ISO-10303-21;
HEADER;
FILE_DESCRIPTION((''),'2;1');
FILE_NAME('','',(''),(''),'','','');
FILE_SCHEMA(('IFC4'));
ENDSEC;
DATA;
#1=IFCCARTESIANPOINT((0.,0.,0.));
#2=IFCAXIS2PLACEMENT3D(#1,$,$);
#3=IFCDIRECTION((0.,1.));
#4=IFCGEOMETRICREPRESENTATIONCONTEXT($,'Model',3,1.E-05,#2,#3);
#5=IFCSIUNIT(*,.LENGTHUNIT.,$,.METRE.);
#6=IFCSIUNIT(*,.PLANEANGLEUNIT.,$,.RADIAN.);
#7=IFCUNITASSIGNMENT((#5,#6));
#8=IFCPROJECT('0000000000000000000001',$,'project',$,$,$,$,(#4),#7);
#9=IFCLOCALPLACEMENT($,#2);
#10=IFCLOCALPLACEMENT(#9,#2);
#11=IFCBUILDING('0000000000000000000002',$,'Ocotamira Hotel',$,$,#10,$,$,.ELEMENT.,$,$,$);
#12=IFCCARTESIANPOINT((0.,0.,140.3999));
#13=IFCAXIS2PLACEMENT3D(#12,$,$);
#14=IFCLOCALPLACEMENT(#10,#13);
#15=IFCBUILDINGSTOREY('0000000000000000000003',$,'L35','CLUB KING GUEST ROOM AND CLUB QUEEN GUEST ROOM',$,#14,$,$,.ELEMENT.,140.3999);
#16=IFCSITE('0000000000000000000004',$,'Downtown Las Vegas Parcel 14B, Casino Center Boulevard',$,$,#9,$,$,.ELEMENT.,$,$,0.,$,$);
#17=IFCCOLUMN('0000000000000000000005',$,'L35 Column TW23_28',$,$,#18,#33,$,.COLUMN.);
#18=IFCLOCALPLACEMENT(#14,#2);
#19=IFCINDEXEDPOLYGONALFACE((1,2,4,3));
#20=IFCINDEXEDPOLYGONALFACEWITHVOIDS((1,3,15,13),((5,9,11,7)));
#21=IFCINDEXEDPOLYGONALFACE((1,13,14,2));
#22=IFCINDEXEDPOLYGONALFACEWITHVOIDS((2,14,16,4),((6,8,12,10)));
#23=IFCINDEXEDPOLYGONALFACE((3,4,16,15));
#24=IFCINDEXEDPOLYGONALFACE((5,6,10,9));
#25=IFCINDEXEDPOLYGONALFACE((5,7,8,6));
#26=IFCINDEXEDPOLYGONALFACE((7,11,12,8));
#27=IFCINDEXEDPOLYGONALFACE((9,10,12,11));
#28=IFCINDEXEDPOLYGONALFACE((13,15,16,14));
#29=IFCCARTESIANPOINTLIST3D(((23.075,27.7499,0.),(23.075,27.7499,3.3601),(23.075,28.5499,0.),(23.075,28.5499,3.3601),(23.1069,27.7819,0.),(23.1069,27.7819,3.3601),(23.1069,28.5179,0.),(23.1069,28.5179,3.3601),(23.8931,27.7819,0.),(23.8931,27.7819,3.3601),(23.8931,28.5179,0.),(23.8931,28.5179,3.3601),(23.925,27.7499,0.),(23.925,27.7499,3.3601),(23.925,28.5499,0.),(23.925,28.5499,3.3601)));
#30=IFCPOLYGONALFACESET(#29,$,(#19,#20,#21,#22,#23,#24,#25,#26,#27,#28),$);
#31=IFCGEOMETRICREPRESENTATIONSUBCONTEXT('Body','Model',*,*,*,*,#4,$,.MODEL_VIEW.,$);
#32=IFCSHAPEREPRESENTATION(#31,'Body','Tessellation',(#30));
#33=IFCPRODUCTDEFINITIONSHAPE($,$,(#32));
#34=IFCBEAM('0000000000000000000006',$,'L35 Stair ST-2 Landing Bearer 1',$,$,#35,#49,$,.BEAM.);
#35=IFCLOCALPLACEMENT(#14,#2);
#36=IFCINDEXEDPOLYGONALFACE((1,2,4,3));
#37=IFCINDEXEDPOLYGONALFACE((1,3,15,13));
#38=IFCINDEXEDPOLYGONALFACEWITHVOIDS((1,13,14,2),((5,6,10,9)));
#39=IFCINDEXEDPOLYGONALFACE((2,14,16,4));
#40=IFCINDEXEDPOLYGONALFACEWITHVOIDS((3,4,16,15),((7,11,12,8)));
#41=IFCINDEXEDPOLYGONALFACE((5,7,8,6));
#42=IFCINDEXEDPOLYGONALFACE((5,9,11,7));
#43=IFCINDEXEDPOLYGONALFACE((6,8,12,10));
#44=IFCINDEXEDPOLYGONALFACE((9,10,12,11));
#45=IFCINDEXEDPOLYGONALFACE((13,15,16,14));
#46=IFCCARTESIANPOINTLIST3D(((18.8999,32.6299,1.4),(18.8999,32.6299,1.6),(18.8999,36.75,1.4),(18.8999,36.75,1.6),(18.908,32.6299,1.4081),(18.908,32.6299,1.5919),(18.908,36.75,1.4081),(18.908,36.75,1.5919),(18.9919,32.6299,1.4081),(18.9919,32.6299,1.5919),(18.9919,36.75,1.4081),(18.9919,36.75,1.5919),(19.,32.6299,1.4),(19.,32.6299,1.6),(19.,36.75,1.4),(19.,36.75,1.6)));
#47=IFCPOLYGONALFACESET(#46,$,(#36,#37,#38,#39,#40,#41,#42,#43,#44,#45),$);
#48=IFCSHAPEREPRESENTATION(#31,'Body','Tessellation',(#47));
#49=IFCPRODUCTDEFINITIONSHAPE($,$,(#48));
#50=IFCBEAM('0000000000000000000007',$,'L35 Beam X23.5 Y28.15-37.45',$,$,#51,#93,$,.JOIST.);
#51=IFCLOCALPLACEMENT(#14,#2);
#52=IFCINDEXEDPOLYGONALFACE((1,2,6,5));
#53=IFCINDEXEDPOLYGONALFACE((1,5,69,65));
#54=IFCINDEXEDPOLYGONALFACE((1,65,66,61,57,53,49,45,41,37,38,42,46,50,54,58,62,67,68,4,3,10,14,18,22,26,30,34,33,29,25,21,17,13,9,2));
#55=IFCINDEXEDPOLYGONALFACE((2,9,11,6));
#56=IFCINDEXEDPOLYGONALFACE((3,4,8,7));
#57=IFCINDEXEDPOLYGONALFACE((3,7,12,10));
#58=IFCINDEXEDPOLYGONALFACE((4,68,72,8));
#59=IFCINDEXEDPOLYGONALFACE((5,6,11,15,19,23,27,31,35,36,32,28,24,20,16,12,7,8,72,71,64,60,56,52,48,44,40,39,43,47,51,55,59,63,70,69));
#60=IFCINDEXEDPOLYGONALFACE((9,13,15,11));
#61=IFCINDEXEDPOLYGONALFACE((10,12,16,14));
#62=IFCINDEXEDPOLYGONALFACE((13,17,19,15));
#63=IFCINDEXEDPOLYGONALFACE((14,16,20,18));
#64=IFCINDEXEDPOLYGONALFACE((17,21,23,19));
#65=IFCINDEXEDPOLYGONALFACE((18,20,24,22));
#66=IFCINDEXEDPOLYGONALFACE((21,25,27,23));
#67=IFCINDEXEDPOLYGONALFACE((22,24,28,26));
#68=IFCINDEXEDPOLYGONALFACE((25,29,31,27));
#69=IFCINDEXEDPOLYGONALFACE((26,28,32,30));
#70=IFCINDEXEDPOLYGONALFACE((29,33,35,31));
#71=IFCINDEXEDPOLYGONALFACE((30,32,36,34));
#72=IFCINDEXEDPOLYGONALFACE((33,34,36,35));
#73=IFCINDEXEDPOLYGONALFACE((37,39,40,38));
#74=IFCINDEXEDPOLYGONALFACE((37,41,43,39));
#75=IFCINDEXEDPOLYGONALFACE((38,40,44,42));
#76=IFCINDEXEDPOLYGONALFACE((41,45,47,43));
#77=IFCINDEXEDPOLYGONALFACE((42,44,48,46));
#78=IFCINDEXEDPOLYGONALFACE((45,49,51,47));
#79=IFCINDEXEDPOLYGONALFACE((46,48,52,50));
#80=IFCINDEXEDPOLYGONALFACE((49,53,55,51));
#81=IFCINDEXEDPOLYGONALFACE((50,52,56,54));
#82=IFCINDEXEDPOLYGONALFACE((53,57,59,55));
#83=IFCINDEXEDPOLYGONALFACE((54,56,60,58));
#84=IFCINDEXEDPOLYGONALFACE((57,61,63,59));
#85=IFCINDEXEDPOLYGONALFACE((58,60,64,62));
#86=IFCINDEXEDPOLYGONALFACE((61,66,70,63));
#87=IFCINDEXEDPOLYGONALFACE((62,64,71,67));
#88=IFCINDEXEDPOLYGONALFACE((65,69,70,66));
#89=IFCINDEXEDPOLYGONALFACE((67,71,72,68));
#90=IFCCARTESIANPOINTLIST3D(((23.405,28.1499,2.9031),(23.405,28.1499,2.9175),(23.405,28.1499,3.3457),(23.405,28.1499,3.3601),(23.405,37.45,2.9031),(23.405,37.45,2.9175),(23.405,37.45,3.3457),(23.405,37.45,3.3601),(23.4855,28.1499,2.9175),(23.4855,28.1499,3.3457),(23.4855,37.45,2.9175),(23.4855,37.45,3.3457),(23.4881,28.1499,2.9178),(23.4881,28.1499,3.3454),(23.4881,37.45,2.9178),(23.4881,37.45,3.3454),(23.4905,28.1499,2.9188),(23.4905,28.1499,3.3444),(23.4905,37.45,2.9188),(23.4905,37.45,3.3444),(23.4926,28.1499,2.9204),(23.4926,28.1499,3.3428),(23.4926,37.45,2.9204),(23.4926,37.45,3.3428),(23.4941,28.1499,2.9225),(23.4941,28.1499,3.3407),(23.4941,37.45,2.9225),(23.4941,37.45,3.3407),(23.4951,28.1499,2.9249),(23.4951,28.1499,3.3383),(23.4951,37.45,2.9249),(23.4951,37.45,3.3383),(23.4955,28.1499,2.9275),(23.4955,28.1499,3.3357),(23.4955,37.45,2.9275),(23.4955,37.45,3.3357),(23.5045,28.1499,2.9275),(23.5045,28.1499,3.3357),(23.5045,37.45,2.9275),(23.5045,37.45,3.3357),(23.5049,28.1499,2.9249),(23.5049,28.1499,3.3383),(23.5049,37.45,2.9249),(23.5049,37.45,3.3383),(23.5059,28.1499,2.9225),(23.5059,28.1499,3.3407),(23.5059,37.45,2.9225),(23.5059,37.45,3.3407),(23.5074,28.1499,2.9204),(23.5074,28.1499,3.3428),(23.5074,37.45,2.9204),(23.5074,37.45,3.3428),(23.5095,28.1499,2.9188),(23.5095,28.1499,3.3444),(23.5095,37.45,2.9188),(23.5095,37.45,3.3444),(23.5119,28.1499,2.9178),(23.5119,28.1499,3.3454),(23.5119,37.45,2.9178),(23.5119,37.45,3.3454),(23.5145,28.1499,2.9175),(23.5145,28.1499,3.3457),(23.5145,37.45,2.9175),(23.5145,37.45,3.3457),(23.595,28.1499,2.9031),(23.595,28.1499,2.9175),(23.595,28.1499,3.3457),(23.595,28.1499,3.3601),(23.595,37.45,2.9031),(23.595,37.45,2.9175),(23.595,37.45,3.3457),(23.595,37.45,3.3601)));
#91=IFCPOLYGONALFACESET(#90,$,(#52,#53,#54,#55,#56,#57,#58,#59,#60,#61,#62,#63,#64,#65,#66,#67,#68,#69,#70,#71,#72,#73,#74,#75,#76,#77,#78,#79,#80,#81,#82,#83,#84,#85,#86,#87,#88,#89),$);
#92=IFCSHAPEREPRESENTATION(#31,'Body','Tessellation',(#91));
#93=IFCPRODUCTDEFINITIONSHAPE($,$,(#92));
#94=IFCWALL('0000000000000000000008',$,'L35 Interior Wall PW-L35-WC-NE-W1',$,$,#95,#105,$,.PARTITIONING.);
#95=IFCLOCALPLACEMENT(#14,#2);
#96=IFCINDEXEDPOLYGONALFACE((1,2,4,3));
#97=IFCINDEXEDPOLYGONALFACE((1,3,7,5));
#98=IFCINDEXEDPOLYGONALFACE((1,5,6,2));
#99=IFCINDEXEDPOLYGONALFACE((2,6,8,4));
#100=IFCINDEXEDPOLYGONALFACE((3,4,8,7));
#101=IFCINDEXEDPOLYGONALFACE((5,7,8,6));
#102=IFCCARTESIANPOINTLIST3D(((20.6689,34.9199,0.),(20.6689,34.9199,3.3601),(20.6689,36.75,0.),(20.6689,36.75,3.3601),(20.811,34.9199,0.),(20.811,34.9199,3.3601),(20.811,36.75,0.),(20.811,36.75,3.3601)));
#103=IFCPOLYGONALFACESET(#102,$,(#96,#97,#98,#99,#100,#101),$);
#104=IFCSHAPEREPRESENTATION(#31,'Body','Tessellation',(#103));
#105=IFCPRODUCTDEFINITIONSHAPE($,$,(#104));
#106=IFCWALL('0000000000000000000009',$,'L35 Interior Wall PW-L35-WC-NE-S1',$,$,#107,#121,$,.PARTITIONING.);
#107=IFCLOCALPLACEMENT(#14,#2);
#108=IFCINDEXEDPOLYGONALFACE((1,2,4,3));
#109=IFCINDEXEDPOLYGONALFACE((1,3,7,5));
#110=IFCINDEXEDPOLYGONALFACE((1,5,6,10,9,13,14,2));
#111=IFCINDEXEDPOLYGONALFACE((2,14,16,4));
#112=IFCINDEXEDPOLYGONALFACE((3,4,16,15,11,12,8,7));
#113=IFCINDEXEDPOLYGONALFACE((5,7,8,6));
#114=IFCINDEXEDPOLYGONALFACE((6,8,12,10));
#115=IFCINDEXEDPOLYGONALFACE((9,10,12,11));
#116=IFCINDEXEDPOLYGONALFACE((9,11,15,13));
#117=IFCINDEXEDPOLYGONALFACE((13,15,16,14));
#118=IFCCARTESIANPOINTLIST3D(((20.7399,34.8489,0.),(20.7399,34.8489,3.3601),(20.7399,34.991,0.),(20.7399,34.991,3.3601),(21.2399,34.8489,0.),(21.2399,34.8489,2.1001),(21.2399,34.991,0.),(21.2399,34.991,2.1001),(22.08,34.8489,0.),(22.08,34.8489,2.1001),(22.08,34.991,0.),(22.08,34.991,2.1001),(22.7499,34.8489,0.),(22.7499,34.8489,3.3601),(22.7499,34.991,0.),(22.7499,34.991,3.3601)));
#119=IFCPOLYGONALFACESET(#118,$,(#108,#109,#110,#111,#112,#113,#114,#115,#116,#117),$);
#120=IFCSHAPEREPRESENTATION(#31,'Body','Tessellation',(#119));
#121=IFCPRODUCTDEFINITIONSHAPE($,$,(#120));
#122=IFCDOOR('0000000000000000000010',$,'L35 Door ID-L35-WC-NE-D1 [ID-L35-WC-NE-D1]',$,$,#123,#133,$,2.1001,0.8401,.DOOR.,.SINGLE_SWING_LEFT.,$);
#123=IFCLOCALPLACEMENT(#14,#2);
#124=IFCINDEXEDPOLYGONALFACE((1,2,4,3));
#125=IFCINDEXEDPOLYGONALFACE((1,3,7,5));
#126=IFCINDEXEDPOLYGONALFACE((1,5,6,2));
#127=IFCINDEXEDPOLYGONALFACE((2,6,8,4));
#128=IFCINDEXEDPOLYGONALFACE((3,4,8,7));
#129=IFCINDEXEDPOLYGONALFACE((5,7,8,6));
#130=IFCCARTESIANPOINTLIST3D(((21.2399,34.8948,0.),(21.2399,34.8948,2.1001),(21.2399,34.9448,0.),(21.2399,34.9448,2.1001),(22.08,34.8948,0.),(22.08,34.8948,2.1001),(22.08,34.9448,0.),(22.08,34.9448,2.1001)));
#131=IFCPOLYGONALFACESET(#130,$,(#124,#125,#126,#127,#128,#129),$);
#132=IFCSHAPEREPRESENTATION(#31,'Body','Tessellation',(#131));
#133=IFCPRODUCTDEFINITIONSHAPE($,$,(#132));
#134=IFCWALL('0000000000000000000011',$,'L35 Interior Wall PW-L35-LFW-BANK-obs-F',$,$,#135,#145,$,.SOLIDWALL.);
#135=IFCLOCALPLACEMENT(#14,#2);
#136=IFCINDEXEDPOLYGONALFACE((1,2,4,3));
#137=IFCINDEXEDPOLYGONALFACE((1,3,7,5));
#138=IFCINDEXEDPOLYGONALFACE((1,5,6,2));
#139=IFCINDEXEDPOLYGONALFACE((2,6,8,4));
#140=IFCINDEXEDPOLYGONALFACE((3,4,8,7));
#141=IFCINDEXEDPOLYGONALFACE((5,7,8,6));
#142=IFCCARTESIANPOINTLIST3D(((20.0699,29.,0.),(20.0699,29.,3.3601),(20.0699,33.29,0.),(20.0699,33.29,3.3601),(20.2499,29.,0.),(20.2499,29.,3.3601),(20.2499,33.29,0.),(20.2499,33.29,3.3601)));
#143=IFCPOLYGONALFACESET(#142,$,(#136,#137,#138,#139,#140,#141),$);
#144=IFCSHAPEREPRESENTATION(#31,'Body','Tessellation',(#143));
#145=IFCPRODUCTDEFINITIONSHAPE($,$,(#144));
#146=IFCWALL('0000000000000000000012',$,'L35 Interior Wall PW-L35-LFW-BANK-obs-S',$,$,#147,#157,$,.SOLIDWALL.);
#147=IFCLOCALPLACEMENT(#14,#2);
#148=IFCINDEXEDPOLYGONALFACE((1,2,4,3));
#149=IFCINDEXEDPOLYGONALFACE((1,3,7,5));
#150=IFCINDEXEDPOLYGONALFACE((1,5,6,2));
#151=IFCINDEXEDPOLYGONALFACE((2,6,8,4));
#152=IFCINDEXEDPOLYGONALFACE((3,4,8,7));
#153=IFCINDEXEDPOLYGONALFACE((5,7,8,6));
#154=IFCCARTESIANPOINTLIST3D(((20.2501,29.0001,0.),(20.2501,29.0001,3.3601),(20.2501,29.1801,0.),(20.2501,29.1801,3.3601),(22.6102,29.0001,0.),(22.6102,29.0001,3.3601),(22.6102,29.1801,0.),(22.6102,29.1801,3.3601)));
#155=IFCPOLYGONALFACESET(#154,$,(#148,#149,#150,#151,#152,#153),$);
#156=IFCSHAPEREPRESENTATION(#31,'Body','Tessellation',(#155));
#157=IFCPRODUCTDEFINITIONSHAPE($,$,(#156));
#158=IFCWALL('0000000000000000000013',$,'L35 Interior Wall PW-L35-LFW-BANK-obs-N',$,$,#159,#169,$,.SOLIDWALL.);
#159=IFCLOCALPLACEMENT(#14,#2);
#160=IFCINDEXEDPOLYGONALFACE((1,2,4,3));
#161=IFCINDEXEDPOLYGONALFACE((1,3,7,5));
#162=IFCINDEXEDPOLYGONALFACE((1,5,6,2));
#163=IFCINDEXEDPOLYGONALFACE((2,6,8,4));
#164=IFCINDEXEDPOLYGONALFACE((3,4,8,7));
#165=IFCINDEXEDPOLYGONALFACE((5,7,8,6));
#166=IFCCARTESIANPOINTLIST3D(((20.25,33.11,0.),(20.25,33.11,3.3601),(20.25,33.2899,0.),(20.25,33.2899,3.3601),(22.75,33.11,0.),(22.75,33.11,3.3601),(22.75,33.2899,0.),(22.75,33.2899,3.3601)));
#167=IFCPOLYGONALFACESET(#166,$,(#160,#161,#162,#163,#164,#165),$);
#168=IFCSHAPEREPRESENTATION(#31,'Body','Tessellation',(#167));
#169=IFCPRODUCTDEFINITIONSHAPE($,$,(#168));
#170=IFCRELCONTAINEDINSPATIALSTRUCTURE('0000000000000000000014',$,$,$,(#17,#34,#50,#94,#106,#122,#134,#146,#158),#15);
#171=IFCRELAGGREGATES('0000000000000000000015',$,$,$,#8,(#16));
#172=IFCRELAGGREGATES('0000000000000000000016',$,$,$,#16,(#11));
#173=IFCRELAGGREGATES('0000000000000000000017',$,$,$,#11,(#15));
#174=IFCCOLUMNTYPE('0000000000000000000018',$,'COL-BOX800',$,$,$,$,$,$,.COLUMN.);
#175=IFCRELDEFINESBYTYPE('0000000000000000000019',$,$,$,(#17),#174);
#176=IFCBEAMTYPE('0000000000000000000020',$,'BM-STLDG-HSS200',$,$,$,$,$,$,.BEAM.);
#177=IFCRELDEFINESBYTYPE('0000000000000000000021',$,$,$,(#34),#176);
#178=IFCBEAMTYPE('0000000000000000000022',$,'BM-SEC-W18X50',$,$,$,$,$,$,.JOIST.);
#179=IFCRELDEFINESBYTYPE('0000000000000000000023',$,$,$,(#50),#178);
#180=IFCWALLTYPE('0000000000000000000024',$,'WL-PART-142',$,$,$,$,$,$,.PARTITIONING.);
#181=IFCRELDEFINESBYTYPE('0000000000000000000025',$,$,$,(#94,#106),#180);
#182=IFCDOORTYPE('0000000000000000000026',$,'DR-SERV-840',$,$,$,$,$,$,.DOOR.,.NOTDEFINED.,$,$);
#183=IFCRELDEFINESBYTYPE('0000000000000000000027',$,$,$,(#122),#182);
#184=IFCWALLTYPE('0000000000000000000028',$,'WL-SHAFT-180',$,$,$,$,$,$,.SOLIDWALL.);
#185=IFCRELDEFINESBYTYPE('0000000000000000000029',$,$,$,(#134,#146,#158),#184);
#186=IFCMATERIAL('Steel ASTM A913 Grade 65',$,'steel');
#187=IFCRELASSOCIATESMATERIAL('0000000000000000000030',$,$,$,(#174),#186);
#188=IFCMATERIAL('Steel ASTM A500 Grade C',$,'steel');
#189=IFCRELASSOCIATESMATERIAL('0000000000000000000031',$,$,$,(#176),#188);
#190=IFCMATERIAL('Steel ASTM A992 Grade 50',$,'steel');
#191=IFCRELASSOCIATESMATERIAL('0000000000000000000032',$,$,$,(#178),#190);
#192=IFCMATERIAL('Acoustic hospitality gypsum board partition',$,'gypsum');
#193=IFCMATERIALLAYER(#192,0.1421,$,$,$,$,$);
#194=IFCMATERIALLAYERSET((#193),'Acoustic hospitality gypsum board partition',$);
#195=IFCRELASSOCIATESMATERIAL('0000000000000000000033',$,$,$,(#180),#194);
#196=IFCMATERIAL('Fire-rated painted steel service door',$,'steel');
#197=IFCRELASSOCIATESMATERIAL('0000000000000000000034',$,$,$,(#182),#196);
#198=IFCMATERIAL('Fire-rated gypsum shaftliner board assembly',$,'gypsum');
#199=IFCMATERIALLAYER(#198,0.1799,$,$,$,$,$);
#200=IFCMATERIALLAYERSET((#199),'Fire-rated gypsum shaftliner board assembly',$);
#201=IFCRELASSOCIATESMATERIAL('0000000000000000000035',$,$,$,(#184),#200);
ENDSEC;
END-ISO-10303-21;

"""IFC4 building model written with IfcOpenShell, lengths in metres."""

from ifc_helpers import new_model, si_unit, direction, frame, frame_2d, origin, origin_2d, place, context, subcontext, project, spatial, rectangle, hollow_rectangle, i_section, extrude, source, transform, mapped, material, layer, layer_set, material_profile, profile_set, type_object, element, fill, save


model = new_model("IFC4")

# Units and contexts
model_context = context("Model", 3, precision=1e-05, world=origin(), true_north=direction((0.0, 1.0)))
body_context = subcontext(model_context, "Body", "Model", "MODEL_VIEW")
ifc_project = project(units=[si_unit("LENGTHUNIT", "METRE"), si_unit("PLANEANGLEUNIT", "RADIAN")], contexts=[model_context])

# Site, building, storey
site_placement = place(None, origin())
site = spatial("IfcSite", under=ifc_project, at=site_placement, Name="Downtown Las Vegas Parcel 14B, Casino Center Boulevard", CompositionType="ELEMENT", RefElevation=0.0)
building_placement = place(site_placement, origin())
building = spatial("IfcBuilding", under=site, at=building_placement, Name="Ocotamira Hotel", CompositionType="ELEMENT")
storey_placement = place(building_placement, frame((0.0, 0.0, 140.3999)))
storey = spatial("IfcBuildingStorey", under=building, at=storey_placement, Name="L35", Description="CLUB KING GUEST ROOM AND CLUB QUEEN GUEST ROOM", CompositionType="ELEMENT", Elevation=140.3999)

# Column
ifc_material_1 = material(Name="Steel ASTM A913 Grade 65", Category="steel")
ifc_material_profile_1 = material_profile(ifc_material_1, hollow_rectangle(XDim=0.8501, YDim=0.8, WallThickness=0.032, at=origin_2d()), Name="BOX800X850X32")
ifc_profile_set_1 = profile_set([ifc_material_profile_1], Name="Steel ASTM A913 Grade 65")
column_type = type_object("IfcColumnType", Name="COL-BOX800", PredefinedType="COLUMN", material=ifc_profile_set_1)
shared_shape_1 = source(origin(), body_context, "Body", "SweptSolid", [
    extrude(hollow_rectangle(XDim=0.8501, YDim=0.8, WallThickness=0.032, at=origin_2d()), origin(), (0.0, 0.0, 1.0), 3.3601),
])
column_placement = place(storey_placement, frame((23.5, 28.1499, 0.0), z_axis=(0.0, 0.0, 1.0), x_axis=(1.0, 0.0, 0.0)))
element("IfcColumn", 1, at=column_placement, inside=storey, type_object=column_type, Name="L35 Column TW23_28", PredefinedType="COLUMN", context=body_context, shape_type="MappedRepresentation", body=[
    mapped(shared_shape_1, transform((0.0, 0.0, 0.0), scale=1.0)),
])

# Beams
ifc_material_2 = material(Name="Steel ASTM A500 Grade C", Category="steel")
ifc_material_profile_2 = material_profile(ifc_material_2, hollow_rectangle(XDim=0.1001, YDim=0.2, WallThickness=0.0081, at=origin_2d()), Name="HSS200X100X8")
ifc_profile_set_2 = profile_set([ifc_material_profile_2], Name="Steel ASTM A500 Grade C")
beam_type_1 = type_object("IfcBeamType", Name="BM-STLDG-HSS200", PredefinedType="BEAM", material=ifc_profile_set_2)
shared_shape_2 = source(origin(), body_context, "Body", "SweptSolid", [
    extrude(hollow_rectangle(XDim=0.1001, YDim=0.2, WallThickness=0.0081, at=origin_2d()), origin(), (0.0, 0.0, 1.0), 4.1201),
])
beam_1_placement = place(storey_placement, frame((18.95, 32.6299, 1.5), z_axis=(0.0, 1.0, 0.0), x_axis=(-1.0, 0.0, 0.0)))
element("IfcBeam", 2, at=beam_1_placement, inside=storey, type_object=beam_type_1, Name="L35 Stair ST-2 Landing Bearer 1", PredefinedType="BEAM", context=body_context, shape_type="MappedRepresentation", body=[
    mapped(shared_shape_2, transform((0.0, 0.0, 0.0), scale=1.0)),
])
ifc_material_3 = material(Name="Steel ASTM A992 Grade 50", Category="steel")
ifc_material_profile_3 = material_profile(ifc_material_3, i_section(OverallWidth=0.1899, OverallDepth=0.457, WebThickness=0.009, FlangeThickness=0.0144, FilletRadius=0.01, at=origin_2d()), Name="W18X50")
ifc_profile_set_3 = profile_set([ifc_material_profile_3], Name="Steel ASTM A992 Grade 50")
beam_type_2 = type_object("IfcBeamType", Name="BM-SEC-W18X50", PredefinedType="JOIST", material=ifc_profile_set_3)
shared_shape_3 = source(origin(), body_context, "Body", "SweptSolid", [
    extrude(i_section(OverallWidth=0.1899, OverallDepth=0.457, WebThickness=0.009, FlangeThickness=0.0144, FilletRadius=0.01, at=origin_2d()), origin(), (0.0, 0.0, 1.0), 9.3),
])
beam_2_placement = place(storey_placement, frame((23.5, 28.1499, 3.1316), z_axis=(0.0, 1.0, 0.0), x_axis=(-1.0, 0.0, 0.0)))
element("IfcBeam", 3, at=beam_2_placement, inside=storey, type_object=beam_type_2, Name="L35 Beam X23.5 Y28.15-37.45", PredefinedType="JOIST", context=body_context, shape_type="MappedRepresentation", body=[
    mapped(shared_shape_3, transform((0.0, 0.0, 0.0), scale=1.0)),
])

# Wall
ifc_material_4 = material(Name="Acoustic hospitality gypsum board partition", Category="gypsum")
ifc_layer_1 = layer(ifc_material_4, 0.1421)
ifc_layer_set_1 = layer_set([ifc_layer_1], Name="Acoustic hospitality gypsum board partition")
wall_type_1 = type_object("IfcWallType", Name="WL-PART-142", PredefinedType="PARTITIONING", material=ifc_layer_set_1)
wall_1_placement = place(storey_placement, frame((20.74, 34.9199, 0.0), z_axis=(0.0, 0.0, 1.0), x_axis=(0.0, 1.0, 0.0)))
element("IfcWall", 4, at=wall_1_placement, inside=storey, type_object=wall_type_1, Name="L35 Interior Wall PW-L35-WC-NE-W1", PredefinedType="PARTITIONING", context=body_context, shape_type="SweptSolid", body=[
    extrude(rectangle(XDim=1.8301, YDim=0.1421, at=frame_2d((0.915, 0.0))), origin(), (0.0, 0.0, 1.0), 3.3601),
])

# Wall, opening, door
wall_2_placement = place(storey_placement, frame((20.74, 34.9199, 0.0), z_axis=(0.0, 0.0, 1.0), x_axis=(1.0, 0.0, 0.0)))
wall_2 = element("IfcWall", 5, at=wall_2_placement, inside=storey, type_object=wall_type_1, Name="L35 Interior Wall PW-L35-WC-NE-S1", PredefinedType="PARTITIONING", context=body_context, shape_type="SweptSolid", body=[
    extrude(rectangle(XDim=2.01, YDim=0.1421, at=frame_2d((1.0049, 0.0))), origin(), (0.0, 0.0, 1.0), 3.3601),
])
opening_1_placement = place(wall_2_placement, frame((0.5, 0.0, 0.0)))
opening_1 = element("IfcOpeningElement", 6, at=opening_1_placement, cuts=wall_2, PredefinedType="OPENING", context=body_context, shape_type="SweptSolid", body=[
    extrude(rectangle(XDim=0.8401, YDim=2.1001, at=frame_2d((0.4199, 1.05))), frame((0.0, 0.0811, 0.0), z_axis=(0.0, -1.0, 0.0), x_axis=(1.0, 0.0, 0.0)), (0.0, 0.0, 1.0), 0.1621),
])
ifc_material_5 = material(Name="Fire-rated painted steel service door", Category="steel")
door_type_1 = type_object("IfcDoorType", Name="DR-SERV-840", OperationType="NOTDEFINED", PredefinedType="DOOR", material=ifc_material_5)
shared_shape_4 = source(origin(), body_context, "Body", "SweptSolid", [
    extrude(rectangle(XDim=0.8401, YDim=2.1001, at=frame_2d((0.4199, 1.05))), frame((0.0, 0.0249, 0.0), z_axis=(0.0, -1.0, 0.0), x_axis=(1.0, 0.0, 0.0)), (0.0, 0.0, 1.0), 0.05),
])
door_1_placement = place(opening_1_placement, origin())
door_1 = element("IfcDoor", 7, at=door_1_placement, inside=storey, type_object=door_type_1, Name="L35 Door ID-L35-WC-NE-D1 [ID-L35-WC-NE-D1]", OperationType="SINGLE_SWING_LEFT", OverallHeight=2.1001, OverallWidth=0.8401, PredefinedType="DOOR", context=body_context, shape_type="MappedRepresentation", body=[
    mapped(shared_shape_4, transform((0.0, 0.0, 0.0), scale=1.0)),
])
fill(opening_1, door_1)

# Walls
ifc_material_6 = material(Name="Fire-rated gypsum shaftliner board assembly", Category="gypsum")
ifc_layer_2 = layer(ifc_material_6, 0.1799)
ifc_layer_set_2 = layer_set([ifc_layer_2], Name="Fire-rated gypsum shaftliner board assembly")
wall_type_2 = type_object("IfcWallType", Name="WL-SHAFT-180", PredefinedType="SOLIDWALL", material=ifc_layer_set_2)
wall_3_placement = place(storey_placement, frame((20.1599, 29.0, 0.0), z_axis=(0.0, 0.0, 1.0), x_axis=(0.0, 1.0, 0.0)))
element("IfcWall", 8, at=wall_3_placement, inside=storey, type_object=wall_type_2, Name="L35 Interior Wall PW-L35-LFW-BANK-obs-F", PredefinedType="SOLIDWALL", context=body_context, shape_type="SweptSolid", body=[
    extrude(rectangle(XDim=4.29, YDim=0.1799, at=frame_2d((2.145, 0.0))), origin(), (0.0, 0.0, 1.0), 3.3601),
])
wall_4_placement = place(storey_placement, frame((20.25, 29.0901, 0.0), z_axis=(0.0, 0.0, 1.0), x_axis=(1.0, 0.0, 0.0)))
element("IfcWall", 9, at=wall_4_placement, inside=storey, type_object=wall_type_2, Name="L35 Interior Wall PW-L35-LFW-BANK-obs-S", PredefinedType="SOLIDWALL", context=body_context, shape_type="SweptSolid", body=[
    extrude(rectangle(XDim=2.3601, YDim=0.1799, at=frame_2d((1.1802, 0.0))), origin(), (0.0, 0.0, 1.0), 3.3601),
])
wall_5_placement = place(storey_placement, frame((20.25, 33.2, 0.0), z_axis=(0.0, 0.0, 1.0), x_axis=(1.0, 0.0, 0.0)))
element("IfcWall", 10, at=wall_5_placement, inside=storey, type_object=wall_type_2, Name="L35 Interior Wall PW-L35-LFW-BANK-obs-N", PredefinedType="SOLIDWALL", context=body_context, shape_type="SweptSolid", body=[
    extrude(rectangle(XDim=2.5, YDim=0.1799, at=frame_2d((1.25, 0.0))), origin(), (0.0, 0.0, 1.0), 3.3601),
])

save(model, "model.ifc")
